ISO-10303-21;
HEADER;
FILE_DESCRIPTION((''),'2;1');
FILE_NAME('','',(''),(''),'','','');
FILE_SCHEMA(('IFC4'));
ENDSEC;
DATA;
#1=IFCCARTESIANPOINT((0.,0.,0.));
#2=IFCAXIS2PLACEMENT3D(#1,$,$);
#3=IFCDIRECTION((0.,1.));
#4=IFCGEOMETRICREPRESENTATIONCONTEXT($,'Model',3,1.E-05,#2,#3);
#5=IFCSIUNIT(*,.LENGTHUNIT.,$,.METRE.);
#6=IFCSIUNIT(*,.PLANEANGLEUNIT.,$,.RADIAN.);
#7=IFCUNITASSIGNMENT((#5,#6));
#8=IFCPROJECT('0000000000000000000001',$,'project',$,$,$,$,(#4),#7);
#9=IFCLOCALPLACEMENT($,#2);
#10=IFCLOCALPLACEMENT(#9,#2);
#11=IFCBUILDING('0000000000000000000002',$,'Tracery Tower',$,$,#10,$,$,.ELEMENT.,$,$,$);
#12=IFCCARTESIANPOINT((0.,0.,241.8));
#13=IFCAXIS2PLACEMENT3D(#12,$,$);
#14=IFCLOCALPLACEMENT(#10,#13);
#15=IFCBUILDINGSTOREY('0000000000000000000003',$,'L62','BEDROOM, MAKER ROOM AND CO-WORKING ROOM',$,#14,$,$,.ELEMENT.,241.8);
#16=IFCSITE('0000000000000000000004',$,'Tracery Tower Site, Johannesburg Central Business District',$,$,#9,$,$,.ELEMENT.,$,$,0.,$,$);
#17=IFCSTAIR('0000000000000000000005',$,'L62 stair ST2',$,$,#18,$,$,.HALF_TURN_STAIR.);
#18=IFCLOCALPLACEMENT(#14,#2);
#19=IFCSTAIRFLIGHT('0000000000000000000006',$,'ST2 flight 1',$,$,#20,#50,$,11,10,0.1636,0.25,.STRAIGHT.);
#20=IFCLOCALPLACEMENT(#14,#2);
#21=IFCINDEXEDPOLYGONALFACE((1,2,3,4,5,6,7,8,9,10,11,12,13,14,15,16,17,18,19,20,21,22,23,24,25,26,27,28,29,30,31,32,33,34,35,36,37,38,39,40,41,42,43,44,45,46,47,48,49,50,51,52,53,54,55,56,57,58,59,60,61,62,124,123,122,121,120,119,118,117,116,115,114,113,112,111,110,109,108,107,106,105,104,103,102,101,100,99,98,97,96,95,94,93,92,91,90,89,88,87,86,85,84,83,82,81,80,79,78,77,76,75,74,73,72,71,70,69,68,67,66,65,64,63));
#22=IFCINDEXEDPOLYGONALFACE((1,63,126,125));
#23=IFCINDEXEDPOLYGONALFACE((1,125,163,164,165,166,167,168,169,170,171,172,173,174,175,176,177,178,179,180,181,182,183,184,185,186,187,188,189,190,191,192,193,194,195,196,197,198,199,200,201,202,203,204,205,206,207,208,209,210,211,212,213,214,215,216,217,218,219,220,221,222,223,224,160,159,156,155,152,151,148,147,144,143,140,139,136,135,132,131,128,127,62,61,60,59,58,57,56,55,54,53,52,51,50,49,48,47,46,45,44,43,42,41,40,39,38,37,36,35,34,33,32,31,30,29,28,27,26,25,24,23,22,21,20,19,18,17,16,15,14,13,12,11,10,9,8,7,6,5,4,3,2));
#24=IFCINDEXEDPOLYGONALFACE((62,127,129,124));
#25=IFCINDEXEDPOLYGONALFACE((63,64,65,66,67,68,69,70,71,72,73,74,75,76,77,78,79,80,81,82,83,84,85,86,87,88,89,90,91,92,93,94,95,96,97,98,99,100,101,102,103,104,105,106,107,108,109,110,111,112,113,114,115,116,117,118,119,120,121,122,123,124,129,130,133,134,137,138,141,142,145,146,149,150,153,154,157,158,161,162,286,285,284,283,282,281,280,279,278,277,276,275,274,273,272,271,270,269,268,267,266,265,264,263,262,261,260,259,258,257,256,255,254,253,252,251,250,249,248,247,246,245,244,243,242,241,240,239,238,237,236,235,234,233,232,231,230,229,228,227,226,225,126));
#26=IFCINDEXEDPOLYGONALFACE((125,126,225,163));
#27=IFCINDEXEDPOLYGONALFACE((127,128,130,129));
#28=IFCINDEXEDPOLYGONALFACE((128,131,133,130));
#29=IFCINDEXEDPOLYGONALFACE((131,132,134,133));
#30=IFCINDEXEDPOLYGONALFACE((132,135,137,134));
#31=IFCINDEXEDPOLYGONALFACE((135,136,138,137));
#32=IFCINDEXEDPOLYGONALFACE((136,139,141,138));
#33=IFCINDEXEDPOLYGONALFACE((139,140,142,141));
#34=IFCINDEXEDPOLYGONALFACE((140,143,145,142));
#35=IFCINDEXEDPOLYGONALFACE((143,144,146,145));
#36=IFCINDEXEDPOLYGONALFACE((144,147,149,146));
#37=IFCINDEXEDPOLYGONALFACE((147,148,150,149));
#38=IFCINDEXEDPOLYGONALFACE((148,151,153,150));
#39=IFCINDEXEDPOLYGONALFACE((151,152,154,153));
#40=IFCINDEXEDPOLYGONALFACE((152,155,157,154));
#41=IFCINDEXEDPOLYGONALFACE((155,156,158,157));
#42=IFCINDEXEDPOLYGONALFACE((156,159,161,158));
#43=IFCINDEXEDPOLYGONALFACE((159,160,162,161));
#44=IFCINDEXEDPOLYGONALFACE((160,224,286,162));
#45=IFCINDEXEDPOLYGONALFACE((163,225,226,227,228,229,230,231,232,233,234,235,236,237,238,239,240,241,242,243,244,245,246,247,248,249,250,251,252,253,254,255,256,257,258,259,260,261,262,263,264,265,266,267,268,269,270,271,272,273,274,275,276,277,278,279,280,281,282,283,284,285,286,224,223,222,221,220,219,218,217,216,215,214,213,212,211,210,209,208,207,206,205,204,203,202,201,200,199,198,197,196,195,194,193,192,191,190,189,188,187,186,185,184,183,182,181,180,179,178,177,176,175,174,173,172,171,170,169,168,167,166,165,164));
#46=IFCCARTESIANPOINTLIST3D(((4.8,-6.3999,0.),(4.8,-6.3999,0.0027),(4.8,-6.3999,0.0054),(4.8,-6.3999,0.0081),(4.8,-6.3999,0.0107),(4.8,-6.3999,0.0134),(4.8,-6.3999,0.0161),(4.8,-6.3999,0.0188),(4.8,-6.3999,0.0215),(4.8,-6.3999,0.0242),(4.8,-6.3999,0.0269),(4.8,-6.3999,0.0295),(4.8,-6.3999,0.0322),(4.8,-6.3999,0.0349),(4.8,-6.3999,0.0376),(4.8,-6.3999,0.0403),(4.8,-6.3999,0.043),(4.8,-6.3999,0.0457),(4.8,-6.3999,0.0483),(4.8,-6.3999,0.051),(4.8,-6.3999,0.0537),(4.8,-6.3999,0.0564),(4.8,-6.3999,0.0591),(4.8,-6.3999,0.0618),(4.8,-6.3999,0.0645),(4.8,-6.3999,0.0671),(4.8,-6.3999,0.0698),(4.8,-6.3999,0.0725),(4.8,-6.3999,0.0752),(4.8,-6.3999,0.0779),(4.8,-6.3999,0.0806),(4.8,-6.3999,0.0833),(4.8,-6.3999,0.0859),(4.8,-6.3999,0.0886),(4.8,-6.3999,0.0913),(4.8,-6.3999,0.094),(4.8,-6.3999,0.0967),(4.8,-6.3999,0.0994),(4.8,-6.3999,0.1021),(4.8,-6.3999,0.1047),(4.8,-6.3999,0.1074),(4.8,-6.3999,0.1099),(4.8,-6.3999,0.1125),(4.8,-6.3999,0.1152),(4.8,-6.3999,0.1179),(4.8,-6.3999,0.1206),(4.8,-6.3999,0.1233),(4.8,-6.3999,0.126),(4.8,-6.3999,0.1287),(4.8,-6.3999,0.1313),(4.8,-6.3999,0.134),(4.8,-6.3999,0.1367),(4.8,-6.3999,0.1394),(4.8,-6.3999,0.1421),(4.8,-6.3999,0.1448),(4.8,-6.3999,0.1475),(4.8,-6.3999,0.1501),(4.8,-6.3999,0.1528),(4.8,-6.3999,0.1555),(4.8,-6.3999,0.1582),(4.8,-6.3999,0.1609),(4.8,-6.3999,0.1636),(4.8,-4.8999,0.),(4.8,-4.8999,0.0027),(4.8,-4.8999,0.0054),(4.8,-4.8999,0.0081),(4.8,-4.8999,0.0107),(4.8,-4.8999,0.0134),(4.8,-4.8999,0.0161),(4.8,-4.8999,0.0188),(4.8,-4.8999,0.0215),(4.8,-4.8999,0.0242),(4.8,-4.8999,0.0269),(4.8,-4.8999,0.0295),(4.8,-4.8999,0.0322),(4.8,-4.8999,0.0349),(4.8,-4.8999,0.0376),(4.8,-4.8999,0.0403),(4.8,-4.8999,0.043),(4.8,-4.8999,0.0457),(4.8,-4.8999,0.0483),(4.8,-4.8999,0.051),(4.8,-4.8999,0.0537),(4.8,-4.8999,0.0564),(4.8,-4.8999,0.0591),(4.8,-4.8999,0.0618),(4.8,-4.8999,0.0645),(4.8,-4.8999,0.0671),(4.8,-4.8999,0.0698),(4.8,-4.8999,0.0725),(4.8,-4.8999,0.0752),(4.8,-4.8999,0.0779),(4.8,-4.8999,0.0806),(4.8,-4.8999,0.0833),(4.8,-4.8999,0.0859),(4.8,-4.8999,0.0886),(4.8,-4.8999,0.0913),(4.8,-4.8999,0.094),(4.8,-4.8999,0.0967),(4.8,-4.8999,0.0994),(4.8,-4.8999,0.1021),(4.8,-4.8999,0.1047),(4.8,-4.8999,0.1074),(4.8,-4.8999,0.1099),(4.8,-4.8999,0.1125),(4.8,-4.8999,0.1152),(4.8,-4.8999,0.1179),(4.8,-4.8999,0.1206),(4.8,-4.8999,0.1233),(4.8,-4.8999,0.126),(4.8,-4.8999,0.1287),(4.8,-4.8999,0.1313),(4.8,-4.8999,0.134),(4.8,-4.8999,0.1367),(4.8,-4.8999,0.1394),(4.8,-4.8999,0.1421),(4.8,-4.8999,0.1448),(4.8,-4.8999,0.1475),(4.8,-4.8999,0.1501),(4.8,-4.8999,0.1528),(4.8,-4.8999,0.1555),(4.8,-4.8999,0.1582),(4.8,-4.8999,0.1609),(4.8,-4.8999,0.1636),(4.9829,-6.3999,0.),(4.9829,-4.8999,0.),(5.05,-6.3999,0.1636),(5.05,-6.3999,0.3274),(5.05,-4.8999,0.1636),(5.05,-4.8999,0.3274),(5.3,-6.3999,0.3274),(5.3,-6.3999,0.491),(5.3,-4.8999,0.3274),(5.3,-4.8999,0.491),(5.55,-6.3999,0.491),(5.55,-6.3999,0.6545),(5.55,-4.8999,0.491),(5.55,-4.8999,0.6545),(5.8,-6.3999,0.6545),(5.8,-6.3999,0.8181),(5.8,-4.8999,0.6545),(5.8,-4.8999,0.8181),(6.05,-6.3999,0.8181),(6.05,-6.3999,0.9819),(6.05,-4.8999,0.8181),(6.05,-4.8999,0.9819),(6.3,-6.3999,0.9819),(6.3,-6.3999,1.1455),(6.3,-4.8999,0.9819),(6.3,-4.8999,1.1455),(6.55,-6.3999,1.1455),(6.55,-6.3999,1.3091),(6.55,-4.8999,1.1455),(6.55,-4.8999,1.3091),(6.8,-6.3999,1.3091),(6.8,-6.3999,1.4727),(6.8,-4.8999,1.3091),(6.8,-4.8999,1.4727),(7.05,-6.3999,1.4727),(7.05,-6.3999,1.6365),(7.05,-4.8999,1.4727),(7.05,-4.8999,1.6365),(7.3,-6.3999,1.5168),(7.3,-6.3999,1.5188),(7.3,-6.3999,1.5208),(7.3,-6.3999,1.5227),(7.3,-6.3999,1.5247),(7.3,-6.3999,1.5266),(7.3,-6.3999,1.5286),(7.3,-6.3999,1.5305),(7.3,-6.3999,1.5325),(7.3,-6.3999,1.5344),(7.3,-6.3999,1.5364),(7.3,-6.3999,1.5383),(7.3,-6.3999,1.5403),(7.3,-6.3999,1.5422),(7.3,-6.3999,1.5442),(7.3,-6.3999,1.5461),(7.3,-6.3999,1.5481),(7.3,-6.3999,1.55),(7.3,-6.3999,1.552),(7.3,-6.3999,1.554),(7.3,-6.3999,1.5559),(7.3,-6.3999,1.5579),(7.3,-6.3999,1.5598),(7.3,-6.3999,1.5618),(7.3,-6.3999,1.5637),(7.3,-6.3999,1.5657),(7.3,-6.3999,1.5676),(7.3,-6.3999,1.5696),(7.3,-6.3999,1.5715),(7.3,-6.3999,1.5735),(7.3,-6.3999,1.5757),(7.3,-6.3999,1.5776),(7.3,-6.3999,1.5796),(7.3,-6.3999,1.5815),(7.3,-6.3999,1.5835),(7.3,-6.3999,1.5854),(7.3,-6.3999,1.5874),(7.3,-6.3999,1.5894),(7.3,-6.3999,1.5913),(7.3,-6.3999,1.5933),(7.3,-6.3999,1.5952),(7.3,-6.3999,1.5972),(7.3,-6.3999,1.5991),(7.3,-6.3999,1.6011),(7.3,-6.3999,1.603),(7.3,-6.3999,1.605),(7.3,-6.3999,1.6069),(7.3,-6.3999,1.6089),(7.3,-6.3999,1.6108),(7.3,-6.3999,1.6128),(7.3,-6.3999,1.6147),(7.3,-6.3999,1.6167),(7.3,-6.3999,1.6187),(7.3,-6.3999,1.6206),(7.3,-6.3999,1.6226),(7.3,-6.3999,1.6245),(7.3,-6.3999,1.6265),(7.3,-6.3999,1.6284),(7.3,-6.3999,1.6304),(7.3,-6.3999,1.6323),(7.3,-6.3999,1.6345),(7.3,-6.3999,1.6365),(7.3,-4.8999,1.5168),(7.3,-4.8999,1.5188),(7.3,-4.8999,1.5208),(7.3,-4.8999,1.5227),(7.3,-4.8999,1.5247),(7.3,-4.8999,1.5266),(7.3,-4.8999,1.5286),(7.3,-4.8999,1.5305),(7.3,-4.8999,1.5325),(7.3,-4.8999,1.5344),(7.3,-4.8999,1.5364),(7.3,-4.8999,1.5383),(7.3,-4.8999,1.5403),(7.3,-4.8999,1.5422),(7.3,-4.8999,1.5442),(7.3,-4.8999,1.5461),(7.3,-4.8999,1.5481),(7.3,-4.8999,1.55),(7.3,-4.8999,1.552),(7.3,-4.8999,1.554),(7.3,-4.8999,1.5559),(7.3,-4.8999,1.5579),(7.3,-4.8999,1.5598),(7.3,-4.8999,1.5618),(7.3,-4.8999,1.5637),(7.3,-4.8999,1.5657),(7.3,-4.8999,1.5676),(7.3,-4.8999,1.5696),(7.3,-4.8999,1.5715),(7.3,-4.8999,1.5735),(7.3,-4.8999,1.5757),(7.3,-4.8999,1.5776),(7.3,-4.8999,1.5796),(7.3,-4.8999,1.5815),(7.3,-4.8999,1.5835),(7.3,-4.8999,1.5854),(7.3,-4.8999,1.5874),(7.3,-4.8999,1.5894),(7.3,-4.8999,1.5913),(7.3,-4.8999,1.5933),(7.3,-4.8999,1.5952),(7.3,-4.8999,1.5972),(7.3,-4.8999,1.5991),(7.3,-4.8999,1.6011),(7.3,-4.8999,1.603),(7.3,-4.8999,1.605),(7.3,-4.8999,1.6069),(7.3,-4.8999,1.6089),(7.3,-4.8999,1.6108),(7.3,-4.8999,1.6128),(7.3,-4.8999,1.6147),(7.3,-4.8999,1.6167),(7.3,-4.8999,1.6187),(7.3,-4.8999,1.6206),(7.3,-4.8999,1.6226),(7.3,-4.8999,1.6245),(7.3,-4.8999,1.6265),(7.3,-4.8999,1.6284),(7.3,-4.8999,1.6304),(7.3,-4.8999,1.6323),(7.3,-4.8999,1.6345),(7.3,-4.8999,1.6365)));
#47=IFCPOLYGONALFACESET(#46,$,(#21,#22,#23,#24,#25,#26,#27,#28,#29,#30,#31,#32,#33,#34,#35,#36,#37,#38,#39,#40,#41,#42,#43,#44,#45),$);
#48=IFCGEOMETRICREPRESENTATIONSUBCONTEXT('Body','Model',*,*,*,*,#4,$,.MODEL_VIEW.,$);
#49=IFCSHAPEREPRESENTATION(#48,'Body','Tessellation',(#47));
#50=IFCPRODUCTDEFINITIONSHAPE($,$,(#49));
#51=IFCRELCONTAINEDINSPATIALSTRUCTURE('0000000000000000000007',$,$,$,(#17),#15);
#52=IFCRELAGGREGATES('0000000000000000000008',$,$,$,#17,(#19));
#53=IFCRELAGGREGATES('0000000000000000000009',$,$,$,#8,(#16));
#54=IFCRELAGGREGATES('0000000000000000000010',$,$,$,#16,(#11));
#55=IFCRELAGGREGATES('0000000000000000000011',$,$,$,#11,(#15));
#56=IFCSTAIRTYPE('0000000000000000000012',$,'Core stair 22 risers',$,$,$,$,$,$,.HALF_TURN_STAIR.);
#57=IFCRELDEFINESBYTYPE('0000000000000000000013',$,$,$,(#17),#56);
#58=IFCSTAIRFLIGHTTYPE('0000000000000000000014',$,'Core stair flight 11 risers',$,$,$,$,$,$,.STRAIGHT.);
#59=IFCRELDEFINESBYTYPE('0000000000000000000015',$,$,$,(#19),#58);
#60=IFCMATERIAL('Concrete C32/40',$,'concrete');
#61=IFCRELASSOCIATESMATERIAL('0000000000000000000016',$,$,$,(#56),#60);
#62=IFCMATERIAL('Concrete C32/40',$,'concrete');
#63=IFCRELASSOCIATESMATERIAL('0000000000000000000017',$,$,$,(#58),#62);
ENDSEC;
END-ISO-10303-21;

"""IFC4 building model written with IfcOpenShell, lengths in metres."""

from ifc_helpers import new_model, si_unit, direction, frame, origin, place, context, subcontext, project, spatial, polyline, outline, extrude, material, type_object, element, aggregate, save


model = new_model("IFC4")

# Units and contexts
model_context = context("Model", 3, precision=1e-05, world=origin(), true_north=direction((0.0, 1.0)))
body_context = subcontext(model_context, "Body", "Model", "MODEL_VIEW")
ifc_project = project(units=[si_unit("LENGTHUNIT", "METRE"), si_unit("PLANEANGLEUNIT", "RADIAN")], contexts=[model_context])

# Site, building, storey
site_placement = place(None, origin())
site = spatial("IfcSite", under=ifc_project, at=site_placement, Name="Tracery Tower Site, Johannesburg Central Business District", CompositionType="ELEMENT", RefElevation=0.0)
building_placement = place(site_placement, origin())
building = spatial("IfcBuilding", under=site, at=building_placement, Name="Tracery Tower", CompositionType="ELEMENT")
storey_placement = place(building_placement, frame((0.0, 0.0, 241.8)))
storey = spatial("IfcBuildingStorey", under=building, at=storey_placement, Name="L62", Description="BEDROOM, MAKER ROOM AND CO-WORKING ROOM", CompositionType="ELEMENT", Elevation=241.8)

# Stair
ifc_material_1 = material(Name="Concrete C32/40", Category="concrete")
stair_type = type_object("IfcStairType", Name="Core stair 22 risers", PredefinedType="HALF_TURN_STAIR", material=ifc_material_1)
stair_1_placement = place(storey_placement, origin())
stair_1 = element("IfcStair", 1, at=stair_1_placement, inside=storey, type_object=stair_type, Name="L62 stair ST2", PredefinedType="HALF_TURN_STAIR")

# Stair flight
ifc_material_2 = material(Name="Concrete C32/40", Category="concrete")
stair_flight_type = type_object("IfcStairFlightType", Name="Core stair flight 11 risers", PredefinedType="STRAIGHT", material=ifc_material_2)
stair_flight_1_placement = place(storey_placement, frame((4.8, -5.6499, 0.0), z_axis=(0.0, 0.0, 1.0), x_axis=(1.0, 0.0, 0.0)))
stair_flight_1 = element("IfcStairFlight", 2, at=stair_flight_1_placement, type_object=stair_flight_type, Name="ST2 flight 1", NumberOfRisers=11, NumberOfTreads=10, PredefinedType="STRAIGHT", RiserHeight=0.1636, TreadLength=0.25, context=body_context, shape_type="SweptSolid", body=[
    extrude(outline(polyline([(0.0, 0.0), (0.0, 0.0027), (0.0, 0.0054), (0.0, 0.0081), (0.0, 0.0107), (0.0, 0.0134), (0.0, 0.0161), (0.0, 0.0188), (0.0, 0.0215), (0.0, 0.0242), (0.0, 0.0269), (0.0, 0.0295), (0.0, 0.0322), (0.0, 0.0349), (0.0, 0.0376), (0.0, 0.0403), (0.0, 0.043), (0.0, 0.0457), (0.0, 0.0483), (0.0, 0.051), (0.0, 0.0537), (0.0, 0.0564), (0.0, 0.0591), (0.0, 0.0618), (0.0, 0.0645), (0.0, 0.0671), (0.0, 0.0698), (0.0, 0.0725), (0.0, 0.0752), (0.0, 0.0779), (0.0, 0.0806), (0.0, 0.0833), (0.0, 0.0859), (0.0, 0.0886), (0.0, 0.0913), (0.0, 0.094), (0.0, 0.0967), (0.0, 0.0994), (0.0, 0.1021), (0.0, 0.1047), (0.0, 0.1074), (0.0, 0.1099), (0.0, 0.1125), (0.0, 0.1152), (0.0, 0.1179), (0.0, 0.1206), (0.0, 0.1233), (0.0, 0.126), (0.0, 0.1287), (0.0, 0.1313), (0.0, 0.134), (0.0, 0.1367), (0.0, 0.1394), (0.0, 0.1421), (0.0, 0.1448), (0.0, 0.1475), (0.0, 0.1501), (0.0, 0.1528), (0.0, 0.1555), (0.0, 0.1582), (0.0, 0.1609), (0.0, 0.1636), (0.25, 0.1636), (0.25, 0.3274), (0.5, 0.3274), (0.5, 0.491), (0.75, 0.491), (0.75, 0.6545), (1.0, 0.6545), (1.0, 0.8181), (1.25, 0.8181), (1.25, 0.9819), (1.5, 0.9819), (1.5, 1.1455), (1.75, 1.1455), (1.75, 1.3091), (2.0, 1.3091), (2.0, 1.4727), (2.25, 1.4727), (2.25, 1.6365), (2.5, 1.6365), (2.5, 1.6345), (2.5, 1.6323), (2.5, 1.6304), (2.5, 1.6284), (2.5, 1.6265), (2.5, 1.6245), (2.5, 1.6226), (2.5, 1.6206), (2.5, 1.6187), (2.5, 1.6167), (2.5, 1.6147), (2.5, 1.6128), (2.5, 1.6108), (2.5, 1.6089), (2.5, 1.6069), (2.5, 1.605), (2.5, 1.603), (2.5, 1.6011), (2.5, 1.5991), (2.5, 1.5972), (2.5, 1.5952), (2.5, 1.5933), (2.5, 1.5913), (2.5, 1.5894), (2.5, 1.5874), (2.5, 1.5854), (2.5, 1.5835), (2.5, 1.5815), (2.5, 1.5796), (2.5, 1.5776), (2.5, 1.5757), (2.5, 1.5735), (2.5, 1.5715), (2.5, 1.5696), (2.5, 1.5676), (2.5, 1.5657), (2.5, 1.5637), (2.5, 1.5618), (2.5, 1.5598), (2.5, 1.5579), (2.5, 1.5559), (2.5, 1.554), (2.5, 1.552), (2.5, 1.55), (2.5, 1.5481), (2.5, 1.5461), (2.5, 1.5442), (2.5, 1.5422), (2.5, 1.5403), (2.5, 1.5383), (2.5, 1.5364), (2.5, 1.5344), (2.5, 1.5325), (2.5, 1.5305), (2.5, 1.5286), (2.5, 1.5266), (2.5, 1.5247), (2.5, 1.5227), (2.5, 1.5208), (2.5, 1.5188), (2.5, 1.5168), (0.1829, 0.0), (0.0, 0.0)])), frame((0.0, 0.75, 0.0), z_axis=(0.0, -1.0, 0.0), x_axis=(1.0, 0.0, 0.0)), (0.0, 0.0, 1.0), 1.5),
])
aggregate(stair_1, [stair_flight_1])

save(model, "model.ifc")
